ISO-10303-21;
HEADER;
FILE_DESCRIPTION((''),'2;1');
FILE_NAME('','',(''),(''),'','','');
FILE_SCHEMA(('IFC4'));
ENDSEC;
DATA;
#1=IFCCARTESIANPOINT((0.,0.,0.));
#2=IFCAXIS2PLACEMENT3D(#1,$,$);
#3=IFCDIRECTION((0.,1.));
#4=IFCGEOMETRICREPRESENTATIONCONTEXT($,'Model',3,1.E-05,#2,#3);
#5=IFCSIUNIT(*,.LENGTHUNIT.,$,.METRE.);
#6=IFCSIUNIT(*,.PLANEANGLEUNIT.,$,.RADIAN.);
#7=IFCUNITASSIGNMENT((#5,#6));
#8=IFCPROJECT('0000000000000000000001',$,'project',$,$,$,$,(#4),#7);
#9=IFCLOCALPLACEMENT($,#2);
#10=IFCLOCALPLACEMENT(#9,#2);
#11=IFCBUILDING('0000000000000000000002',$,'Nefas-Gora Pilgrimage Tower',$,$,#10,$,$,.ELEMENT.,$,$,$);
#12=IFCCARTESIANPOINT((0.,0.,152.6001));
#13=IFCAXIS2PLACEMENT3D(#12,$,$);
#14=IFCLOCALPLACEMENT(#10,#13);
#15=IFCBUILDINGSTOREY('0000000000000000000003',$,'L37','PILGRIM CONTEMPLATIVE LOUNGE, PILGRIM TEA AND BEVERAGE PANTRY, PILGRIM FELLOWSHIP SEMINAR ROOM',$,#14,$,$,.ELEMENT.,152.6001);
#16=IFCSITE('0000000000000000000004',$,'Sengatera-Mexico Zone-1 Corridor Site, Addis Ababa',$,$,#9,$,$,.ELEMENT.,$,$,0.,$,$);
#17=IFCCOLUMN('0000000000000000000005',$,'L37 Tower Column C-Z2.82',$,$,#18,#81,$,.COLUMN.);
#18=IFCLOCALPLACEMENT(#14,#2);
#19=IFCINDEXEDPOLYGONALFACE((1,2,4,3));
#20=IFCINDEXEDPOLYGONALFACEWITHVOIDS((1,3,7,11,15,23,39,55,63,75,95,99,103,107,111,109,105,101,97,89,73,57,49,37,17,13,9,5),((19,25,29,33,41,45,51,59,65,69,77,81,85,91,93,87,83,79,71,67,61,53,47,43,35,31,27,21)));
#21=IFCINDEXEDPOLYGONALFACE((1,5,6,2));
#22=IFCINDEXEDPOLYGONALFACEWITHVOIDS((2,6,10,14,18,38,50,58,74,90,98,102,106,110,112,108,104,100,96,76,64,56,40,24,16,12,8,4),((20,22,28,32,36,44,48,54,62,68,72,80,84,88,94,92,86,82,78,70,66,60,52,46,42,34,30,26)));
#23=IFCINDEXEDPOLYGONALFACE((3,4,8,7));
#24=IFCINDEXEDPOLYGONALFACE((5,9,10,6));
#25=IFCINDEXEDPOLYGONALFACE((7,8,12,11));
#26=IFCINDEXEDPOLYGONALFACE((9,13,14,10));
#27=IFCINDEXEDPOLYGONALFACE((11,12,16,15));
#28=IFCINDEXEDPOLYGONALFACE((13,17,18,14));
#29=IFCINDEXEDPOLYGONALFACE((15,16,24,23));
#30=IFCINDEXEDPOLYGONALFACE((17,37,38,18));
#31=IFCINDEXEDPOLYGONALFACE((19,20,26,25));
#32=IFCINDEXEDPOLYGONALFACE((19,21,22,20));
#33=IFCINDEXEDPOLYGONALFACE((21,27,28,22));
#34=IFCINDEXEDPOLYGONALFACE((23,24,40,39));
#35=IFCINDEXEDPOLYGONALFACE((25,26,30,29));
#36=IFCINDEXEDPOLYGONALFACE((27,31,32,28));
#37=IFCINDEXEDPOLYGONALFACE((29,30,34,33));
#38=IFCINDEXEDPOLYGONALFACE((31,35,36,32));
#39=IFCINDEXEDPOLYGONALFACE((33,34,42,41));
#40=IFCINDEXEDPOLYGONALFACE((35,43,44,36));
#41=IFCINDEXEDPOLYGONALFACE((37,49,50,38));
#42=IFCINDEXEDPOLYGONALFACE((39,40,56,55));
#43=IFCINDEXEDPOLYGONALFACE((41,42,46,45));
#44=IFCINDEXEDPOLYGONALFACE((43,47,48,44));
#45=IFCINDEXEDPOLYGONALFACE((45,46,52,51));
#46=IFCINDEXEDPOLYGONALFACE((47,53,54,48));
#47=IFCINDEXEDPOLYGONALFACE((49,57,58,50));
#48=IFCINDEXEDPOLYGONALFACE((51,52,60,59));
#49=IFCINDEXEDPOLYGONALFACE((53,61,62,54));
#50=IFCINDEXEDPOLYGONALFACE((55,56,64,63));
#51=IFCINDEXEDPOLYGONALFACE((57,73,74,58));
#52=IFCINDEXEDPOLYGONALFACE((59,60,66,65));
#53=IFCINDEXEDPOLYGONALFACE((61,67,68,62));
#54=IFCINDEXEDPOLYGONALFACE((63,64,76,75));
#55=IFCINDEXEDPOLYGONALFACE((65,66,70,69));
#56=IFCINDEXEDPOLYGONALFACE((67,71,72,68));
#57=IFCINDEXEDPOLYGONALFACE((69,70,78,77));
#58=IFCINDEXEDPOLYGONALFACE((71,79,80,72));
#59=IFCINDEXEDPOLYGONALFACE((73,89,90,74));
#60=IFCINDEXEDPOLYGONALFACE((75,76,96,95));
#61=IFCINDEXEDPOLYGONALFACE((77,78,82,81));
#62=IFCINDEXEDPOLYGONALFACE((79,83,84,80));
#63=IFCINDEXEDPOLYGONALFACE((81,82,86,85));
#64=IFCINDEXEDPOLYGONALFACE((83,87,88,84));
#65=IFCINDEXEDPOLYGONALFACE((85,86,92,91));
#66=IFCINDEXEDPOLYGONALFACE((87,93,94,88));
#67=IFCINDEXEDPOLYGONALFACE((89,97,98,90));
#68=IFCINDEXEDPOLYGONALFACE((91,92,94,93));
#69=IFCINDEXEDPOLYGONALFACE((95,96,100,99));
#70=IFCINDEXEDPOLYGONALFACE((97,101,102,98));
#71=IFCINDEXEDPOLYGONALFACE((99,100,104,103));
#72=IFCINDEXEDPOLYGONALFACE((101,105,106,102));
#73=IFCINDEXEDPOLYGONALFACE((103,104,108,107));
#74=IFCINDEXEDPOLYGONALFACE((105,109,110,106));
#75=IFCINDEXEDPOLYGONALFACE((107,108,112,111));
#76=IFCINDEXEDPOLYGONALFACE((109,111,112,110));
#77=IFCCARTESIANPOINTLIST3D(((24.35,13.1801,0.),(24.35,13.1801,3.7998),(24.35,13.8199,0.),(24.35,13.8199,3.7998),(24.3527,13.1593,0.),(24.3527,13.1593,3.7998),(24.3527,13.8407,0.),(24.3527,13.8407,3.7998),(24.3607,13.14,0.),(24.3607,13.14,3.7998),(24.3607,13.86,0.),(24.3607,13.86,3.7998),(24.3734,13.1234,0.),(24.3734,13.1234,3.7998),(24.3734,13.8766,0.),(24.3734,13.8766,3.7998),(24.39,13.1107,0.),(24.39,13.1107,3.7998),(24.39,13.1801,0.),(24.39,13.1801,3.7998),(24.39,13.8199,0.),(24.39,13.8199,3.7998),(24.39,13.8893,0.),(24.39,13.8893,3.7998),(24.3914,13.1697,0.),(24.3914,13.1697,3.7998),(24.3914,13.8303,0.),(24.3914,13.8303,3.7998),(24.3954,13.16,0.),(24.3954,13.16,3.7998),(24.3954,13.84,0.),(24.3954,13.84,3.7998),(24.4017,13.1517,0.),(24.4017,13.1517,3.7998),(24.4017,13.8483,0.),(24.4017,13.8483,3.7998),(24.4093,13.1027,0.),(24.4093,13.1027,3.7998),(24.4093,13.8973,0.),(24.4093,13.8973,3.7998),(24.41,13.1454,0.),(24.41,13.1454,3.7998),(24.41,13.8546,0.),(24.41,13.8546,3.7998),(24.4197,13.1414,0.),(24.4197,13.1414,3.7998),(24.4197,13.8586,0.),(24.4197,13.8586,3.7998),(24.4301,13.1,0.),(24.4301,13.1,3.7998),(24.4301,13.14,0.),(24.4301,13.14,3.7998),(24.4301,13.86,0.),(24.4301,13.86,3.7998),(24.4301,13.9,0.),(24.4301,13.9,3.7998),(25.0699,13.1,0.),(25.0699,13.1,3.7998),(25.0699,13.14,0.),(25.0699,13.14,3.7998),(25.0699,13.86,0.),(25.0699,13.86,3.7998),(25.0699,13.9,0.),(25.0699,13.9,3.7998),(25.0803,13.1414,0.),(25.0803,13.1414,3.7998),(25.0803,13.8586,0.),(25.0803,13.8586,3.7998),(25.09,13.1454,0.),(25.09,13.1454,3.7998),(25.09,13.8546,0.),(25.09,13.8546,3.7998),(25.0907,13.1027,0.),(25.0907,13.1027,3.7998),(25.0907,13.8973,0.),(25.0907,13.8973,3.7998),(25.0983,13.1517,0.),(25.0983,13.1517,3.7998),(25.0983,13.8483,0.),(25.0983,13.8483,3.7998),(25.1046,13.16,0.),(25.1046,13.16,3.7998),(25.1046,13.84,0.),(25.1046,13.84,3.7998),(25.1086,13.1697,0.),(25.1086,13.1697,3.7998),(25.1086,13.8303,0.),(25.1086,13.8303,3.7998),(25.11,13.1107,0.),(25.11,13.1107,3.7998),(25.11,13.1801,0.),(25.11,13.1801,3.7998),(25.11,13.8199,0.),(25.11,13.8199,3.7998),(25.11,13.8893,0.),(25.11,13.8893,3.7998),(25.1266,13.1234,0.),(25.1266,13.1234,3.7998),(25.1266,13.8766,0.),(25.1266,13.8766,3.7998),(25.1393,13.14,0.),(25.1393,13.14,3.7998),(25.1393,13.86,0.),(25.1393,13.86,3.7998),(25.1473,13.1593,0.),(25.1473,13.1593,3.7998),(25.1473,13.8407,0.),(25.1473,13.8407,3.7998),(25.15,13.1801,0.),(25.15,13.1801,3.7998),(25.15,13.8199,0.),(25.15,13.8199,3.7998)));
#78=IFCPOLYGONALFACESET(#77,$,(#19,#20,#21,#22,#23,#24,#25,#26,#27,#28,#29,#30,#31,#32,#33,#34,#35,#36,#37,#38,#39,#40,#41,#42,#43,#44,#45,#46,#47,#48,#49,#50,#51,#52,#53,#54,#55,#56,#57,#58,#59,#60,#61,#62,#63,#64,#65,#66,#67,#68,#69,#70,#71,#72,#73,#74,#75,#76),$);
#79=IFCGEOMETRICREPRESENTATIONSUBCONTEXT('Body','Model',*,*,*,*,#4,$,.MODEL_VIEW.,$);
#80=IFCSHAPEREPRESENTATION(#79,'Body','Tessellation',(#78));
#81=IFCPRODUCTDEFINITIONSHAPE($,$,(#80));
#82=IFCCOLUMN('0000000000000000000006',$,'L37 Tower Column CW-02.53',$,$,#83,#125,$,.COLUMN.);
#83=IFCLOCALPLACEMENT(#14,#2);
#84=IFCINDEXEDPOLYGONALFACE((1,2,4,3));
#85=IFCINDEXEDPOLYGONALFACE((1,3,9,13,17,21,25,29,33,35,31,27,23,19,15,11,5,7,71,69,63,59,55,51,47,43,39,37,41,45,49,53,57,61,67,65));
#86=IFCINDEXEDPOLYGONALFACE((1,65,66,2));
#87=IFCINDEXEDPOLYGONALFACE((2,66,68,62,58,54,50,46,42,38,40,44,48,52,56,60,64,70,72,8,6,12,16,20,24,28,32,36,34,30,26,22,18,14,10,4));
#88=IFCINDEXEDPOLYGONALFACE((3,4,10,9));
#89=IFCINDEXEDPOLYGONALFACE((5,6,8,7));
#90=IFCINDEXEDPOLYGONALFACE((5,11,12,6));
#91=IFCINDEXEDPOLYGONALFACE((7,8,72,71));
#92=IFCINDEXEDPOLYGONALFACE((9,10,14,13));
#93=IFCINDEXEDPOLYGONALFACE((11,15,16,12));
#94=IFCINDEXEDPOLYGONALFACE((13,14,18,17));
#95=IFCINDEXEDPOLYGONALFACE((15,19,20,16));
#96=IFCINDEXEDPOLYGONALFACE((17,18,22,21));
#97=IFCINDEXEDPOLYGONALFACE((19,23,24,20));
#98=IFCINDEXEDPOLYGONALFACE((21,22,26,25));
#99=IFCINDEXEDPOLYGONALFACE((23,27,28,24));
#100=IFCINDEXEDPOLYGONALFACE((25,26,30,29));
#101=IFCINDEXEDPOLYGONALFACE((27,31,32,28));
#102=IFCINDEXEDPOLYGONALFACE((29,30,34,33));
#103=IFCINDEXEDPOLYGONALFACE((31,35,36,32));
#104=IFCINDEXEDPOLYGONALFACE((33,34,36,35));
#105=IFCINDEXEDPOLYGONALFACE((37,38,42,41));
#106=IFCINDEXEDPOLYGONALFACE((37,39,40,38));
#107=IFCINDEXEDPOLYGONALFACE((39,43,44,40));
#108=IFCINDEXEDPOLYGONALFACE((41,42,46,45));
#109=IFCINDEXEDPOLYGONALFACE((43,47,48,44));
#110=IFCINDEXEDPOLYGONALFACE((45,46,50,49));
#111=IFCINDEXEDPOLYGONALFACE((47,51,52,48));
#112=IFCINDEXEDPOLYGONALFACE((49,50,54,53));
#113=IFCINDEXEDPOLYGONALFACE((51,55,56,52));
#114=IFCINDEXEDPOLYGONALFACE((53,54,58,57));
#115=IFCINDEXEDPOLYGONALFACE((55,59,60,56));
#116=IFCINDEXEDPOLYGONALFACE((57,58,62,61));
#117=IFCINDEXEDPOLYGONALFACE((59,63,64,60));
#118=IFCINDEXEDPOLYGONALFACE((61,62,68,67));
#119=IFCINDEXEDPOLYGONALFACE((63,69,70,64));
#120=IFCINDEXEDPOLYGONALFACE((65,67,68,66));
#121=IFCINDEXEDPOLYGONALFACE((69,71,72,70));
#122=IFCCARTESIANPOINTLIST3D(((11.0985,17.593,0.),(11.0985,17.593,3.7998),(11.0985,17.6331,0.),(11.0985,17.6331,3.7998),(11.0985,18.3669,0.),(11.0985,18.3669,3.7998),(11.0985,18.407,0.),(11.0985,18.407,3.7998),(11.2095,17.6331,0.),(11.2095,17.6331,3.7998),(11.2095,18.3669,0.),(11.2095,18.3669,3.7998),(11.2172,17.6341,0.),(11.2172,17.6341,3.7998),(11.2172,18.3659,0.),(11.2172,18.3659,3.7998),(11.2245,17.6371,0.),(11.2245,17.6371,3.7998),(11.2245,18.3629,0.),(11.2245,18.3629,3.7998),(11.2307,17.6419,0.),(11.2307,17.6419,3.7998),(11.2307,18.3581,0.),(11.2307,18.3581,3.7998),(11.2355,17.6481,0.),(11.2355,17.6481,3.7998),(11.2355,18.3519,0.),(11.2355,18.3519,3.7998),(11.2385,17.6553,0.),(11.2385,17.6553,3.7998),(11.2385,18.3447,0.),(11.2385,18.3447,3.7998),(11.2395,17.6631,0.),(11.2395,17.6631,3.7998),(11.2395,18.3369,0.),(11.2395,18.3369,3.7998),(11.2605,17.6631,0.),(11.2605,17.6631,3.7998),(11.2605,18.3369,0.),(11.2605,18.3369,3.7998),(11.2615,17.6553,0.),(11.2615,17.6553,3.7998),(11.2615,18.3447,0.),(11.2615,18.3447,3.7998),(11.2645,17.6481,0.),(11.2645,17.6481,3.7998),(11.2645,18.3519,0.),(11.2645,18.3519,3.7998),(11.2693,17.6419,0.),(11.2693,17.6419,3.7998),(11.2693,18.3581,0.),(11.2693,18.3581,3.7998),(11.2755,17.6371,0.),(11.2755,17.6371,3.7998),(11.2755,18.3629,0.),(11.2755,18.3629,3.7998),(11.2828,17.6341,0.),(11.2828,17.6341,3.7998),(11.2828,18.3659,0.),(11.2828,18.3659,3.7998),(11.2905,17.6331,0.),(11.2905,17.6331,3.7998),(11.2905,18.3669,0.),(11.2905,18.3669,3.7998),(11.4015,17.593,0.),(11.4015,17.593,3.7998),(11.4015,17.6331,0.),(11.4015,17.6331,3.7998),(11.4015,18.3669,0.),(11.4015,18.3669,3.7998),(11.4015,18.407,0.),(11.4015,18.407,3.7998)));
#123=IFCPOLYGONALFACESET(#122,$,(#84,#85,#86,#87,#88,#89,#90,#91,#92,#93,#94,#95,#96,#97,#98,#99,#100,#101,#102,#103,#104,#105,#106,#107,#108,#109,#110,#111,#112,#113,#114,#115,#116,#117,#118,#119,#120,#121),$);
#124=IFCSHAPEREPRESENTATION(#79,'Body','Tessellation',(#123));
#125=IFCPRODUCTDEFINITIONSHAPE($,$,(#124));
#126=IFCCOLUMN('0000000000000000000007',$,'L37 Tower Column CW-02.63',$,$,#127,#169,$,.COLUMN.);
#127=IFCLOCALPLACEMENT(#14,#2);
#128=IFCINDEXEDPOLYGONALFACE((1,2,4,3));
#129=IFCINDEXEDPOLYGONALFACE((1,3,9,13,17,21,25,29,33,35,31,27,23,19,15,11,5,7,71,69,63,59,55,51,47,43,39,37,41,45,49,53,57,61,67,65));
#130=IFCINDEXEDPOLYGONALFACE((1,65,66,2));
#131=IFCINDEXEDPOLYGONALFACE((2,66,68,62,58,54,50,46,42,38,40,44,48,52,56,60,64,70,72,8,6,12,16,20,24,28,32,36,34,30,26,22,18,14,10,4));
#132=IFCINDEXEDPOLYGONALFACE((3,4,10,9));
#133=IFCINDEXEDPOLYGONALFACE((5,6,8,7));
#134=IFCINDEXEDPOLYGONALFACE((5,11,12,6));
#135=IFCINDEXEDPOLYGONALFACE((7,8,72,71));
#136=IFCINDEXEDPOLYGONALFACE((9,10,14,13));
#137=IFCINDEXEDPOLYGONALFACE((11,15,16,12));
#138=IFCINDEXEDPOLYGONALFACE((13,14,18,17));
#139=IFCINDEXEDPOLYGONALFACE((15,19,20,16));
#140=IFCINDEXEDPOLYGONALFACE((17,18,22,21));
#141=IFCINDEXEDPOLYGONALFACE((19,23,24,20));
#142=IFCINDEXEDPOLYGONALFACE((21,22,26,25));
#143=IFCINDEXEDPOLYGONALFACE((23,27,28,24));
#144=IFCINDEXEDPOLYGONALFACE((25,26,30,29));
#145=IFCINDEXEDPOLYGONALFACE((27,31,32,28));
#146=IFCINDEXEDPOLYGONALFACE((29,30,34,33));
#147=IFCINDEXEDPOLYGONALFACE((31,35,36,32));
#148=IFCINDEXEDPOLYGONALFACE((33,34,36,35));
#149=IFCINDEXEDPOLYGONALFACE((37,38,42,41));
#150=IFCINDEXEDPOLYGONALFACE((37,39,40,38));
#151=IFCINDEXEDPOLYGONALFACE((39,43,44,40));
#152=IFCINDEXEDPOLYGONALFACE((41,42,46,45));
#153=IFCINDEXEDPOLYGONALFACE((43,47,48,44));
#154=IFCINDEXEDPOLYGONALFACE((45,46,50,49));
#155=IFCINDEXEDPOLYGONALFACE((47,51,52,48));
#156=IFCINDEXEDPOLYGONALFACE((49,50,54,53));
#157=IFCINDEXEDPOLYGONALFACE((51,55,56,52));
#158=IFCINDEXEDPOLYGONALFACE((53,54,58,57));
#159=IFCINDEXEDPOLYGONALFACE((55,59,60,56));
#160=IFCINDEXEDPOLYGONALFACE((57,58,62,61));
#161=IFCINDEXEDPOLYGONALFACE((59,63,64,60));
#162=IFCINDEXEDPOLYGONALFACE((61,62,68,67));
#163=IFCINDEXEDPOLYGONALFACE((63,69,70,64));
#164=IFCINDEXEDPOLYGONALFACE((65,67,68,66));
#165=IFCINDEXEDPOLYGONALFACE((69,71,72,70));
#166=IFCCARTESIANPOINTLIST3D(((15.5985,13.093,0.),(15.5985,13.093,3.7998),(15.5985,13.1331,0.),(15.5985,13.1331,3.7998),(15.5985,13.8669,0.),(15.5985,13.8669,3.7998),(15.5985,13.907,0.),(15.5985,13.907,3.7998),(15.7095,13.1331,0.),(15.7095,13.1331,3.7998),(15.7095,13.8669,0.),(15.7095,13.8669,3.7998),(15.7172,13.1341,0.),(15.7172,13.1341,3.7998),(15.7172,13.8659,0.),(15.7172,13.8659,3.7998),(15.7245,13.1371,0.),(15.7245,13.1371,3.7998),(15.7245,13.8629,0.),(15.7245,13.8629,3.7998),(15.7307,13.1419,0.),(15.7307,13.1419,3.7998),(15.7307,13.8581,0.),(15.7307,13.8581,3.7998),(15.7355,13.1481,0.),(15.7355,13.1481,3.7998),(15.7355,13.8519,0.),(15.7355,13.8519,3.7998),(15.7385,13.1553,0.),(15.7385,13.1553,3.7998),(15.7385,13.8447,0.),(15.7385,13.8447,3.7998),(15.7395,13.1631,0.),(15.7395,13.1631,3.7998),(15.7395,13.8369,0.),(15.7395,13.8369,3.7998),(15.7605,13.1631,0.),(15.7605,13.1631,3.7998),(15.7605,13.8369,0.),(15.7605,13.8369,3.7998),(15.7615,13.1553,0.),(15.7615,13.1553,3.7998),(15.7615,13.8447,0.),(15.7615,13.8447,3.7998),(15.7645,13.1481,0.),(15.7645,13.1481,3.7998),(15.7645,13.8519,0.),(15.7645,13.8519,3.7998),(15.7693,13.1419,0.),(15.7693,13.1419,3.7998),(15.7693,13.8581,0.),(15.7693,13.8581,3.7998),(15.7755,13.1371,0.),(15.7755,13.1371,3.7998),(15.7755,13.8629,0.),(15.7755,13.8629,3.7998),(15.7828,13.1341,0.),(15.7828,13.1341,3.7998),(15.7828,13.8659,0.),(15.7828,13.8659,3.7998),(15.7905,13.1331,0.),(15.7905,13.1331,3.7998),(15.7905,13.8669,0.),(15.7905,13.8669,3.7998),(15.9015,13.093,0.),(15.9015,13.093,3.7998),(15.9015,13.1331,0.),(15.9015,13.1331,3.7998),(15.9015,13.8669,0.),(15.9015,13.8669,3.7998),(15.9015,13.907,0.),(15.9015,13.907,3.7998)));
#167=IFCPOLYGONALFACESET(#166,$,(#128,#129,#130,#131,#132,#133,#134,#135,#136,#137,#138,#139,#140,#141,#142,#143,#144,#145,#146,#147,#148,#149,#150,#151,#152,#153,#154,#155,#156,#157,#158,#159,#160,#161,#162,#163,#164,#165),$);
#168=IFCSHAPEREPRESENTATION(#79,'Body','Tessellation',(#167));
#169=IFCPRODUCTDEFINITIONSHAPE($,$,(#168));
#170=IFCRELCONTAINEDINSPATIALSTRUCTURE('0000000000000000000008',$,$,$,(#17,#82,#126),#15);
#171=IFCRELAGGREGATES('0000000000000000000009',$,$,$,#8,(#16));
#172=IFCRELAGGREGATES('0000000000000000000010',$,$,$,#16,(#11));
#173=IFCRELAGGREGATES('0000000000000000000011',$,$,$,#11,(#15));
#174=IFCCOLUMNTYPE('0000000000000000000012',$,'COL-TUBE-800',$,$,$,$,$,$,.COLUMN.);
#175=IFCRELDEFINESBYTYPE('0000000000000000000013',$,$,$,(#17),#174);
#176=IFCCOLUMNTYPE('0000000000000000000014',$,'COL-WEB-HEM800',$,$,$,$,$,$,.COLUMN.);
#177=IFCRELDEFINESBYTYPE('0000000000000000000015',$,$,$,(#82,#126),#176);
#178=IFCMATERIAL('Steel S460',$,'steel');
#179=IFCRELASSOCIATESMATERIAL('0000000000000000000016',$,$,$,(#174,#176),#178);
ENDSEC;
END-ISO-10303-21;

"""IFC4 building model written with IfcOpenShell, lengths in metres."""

from ifc_helpers import new_model, si_unit, direction, frame, origin, origin_2d, place, context, subcontext, project, spatial, hollow_rectangle, i_section, extrude, source, transform, mapped, material, material_profile, profile_set, type_object, element, save


model = new_model("IFC4")

# Units and contexts
model_context = context("Model", 3, precision=1e-05, world=origin(), true_north=direction((0.0, 1.0)))
body_context = subcontext(model_context, "Body", "Model", "MODEL_VIEW")
ifc_project = project(units=[si_unit("LENGTHUNIT", "METRE"), si_unit("PLANEANGLEUNIT", "RADIAN")], contexts=[model_context])

# Site, building, storey
site_placement = place(None, origin())
site = spatial("IfcSite", under=ifc_project, at=site_placement, Name="Sengatera-Mexico Zone-1 Corridor Site, Addis Ababa", CompositionType="ELEMENT", RefElevation=0.0)
building_placement = place(site_placement, origin())
building = spatial("IfcBuilding", under=site, at=building_placement, Name="Nefas-Gora Pilgrimage Tower", CompositionType="ELEMENT")
storey_placement = place(building_placement, frame((0.0, 0.0, 152.6001)))
storey = spatial("IfcBuildingStorey", under=building, at=storey_placement, Name="L37", Description="PILGRIM CONTEMPLATIVE LOUNGE, PILGRIM TEA AND BEVERAGE PANTRY, PILGRIM FELLOWSHIP SEMINAR ROOM", CompositionType="ELEMENT", Elevation=152.6001)

# Columns
ifc_material_1 = material(Name="Steel S460", Category="steel")
ifc_material_profile_1 = material_profile(ifc_material_1, hollow_rectangle(XDim=0.8, YDim=0.8, WallThickness=0.04, InnerFilletRadius=0.04, OuterFilletRadius=0.0801, at=origin_2d()), Name="BOX 800x800x40")
ifc_profile_set_1 = profile_set([ifc_material_profile_1], Name="Steel S460")
column_type_1 = type_object("IfcColumnType", Name="COL-TUBE-800", PredefinedType="COLUMN", material=ifc_profile_set_1)
shared_shape_1 = source(origin(), body_context, "Body", "SweptSolid", [
    extrude(hollow_rectangle(XDim=0.8, YDim=0.8, WallThickness=0.04, InnerFilletRadius=0.04, OuterFilletRadius=0.0801, at=origin_2d()), origin(), (0.0, 0.0, 1.0), 3.7998),
])
for number, where, z_axis, x_axis, name in (
    (1, (24.75, 13.5, 0.0), (0.0, 0.0, 1.0), (1.0, 0.0, 0.0), "L37 Tower Column C-Z2.82"),
):
    element("IfcColumn", number, at=place(storey_placement, frame(where, z_axis=z_axis, x_axis=x_axis)), inside=storey, type_object=column_type_1, Name=name, PredefinedType="COLUMN", context=body_context, shape_type="MappedRepresentation", body=[
        mapped(shared_shape_1, transform((0.0, 0.0, 0.0), x_axis=(1.0, 0.0, 0.0), y_axis=(0.0, 1.0, 0.0), z_axis=(0.0, 0.0, 1.0), scale=1.0)),
    ])
ifc_material_profile_2 = material_profile(ifc_material_1, i_section(OverallWidth=0.303, OverallDepth=0.814, WebThickness=0.021, FlangeThickness=0.04, FilletRadius=0.03, at=origin_2d()), Name="HEM 800")
ifc_profile_set_2 = profile_set([ifc_material_profile_2], Name="Steel S460")
column_type_2 = type_object("IfcColumnType", Name="COL-WEB-HEM800", PredefinedType="COLUMN", material=ifc_profile_set_2)
shared_shape_2 = source(origin(), body_context, "Body", "SweptSolid", [
    extrude(i_section(OverallWidth=0.303, OverallDepth=0.814, WebThickness=0.021, FlangeThickness=0.04, FilletRadius=0.03, at=origin_2d()), origin(), (0.0, 0.0, 1.0), 3.7998),
])
for number, where, z_axis, x_axis, name in (
    (2, (11.25, 18.0, 0.0), (0.0, 0.0, 1.0), (1.0, 0.0, 0.0), "L37 Tower Column CW-02.53"),
    (3, (15.75, 13.5, 0.0), (0.0, 0.0, 1.0), (1.0, 0.0, 0.0), "L37 Tower Column CW-02.63"),
):
    element("IfcColumn", number, at=place(storey_placement, frame(where, z_axis=z_axis, x_axis=x_axis)), inside=storey, type_object=column_type_2, Name=name, PredefinedType="COLUMN", context=body_context, shape_type="MappedRepresentation", body=[
        mapped(shared_shape_2, transform((0.0, 0.0, 0.0), x_axis=(1.0, 0.0, 0.0), y_axis=(0.0, 1.0, 0.0), z_axis=(0.0, 0.0, 1.0), scale=1.0)),
    ])

save(model, "model.ifc")
